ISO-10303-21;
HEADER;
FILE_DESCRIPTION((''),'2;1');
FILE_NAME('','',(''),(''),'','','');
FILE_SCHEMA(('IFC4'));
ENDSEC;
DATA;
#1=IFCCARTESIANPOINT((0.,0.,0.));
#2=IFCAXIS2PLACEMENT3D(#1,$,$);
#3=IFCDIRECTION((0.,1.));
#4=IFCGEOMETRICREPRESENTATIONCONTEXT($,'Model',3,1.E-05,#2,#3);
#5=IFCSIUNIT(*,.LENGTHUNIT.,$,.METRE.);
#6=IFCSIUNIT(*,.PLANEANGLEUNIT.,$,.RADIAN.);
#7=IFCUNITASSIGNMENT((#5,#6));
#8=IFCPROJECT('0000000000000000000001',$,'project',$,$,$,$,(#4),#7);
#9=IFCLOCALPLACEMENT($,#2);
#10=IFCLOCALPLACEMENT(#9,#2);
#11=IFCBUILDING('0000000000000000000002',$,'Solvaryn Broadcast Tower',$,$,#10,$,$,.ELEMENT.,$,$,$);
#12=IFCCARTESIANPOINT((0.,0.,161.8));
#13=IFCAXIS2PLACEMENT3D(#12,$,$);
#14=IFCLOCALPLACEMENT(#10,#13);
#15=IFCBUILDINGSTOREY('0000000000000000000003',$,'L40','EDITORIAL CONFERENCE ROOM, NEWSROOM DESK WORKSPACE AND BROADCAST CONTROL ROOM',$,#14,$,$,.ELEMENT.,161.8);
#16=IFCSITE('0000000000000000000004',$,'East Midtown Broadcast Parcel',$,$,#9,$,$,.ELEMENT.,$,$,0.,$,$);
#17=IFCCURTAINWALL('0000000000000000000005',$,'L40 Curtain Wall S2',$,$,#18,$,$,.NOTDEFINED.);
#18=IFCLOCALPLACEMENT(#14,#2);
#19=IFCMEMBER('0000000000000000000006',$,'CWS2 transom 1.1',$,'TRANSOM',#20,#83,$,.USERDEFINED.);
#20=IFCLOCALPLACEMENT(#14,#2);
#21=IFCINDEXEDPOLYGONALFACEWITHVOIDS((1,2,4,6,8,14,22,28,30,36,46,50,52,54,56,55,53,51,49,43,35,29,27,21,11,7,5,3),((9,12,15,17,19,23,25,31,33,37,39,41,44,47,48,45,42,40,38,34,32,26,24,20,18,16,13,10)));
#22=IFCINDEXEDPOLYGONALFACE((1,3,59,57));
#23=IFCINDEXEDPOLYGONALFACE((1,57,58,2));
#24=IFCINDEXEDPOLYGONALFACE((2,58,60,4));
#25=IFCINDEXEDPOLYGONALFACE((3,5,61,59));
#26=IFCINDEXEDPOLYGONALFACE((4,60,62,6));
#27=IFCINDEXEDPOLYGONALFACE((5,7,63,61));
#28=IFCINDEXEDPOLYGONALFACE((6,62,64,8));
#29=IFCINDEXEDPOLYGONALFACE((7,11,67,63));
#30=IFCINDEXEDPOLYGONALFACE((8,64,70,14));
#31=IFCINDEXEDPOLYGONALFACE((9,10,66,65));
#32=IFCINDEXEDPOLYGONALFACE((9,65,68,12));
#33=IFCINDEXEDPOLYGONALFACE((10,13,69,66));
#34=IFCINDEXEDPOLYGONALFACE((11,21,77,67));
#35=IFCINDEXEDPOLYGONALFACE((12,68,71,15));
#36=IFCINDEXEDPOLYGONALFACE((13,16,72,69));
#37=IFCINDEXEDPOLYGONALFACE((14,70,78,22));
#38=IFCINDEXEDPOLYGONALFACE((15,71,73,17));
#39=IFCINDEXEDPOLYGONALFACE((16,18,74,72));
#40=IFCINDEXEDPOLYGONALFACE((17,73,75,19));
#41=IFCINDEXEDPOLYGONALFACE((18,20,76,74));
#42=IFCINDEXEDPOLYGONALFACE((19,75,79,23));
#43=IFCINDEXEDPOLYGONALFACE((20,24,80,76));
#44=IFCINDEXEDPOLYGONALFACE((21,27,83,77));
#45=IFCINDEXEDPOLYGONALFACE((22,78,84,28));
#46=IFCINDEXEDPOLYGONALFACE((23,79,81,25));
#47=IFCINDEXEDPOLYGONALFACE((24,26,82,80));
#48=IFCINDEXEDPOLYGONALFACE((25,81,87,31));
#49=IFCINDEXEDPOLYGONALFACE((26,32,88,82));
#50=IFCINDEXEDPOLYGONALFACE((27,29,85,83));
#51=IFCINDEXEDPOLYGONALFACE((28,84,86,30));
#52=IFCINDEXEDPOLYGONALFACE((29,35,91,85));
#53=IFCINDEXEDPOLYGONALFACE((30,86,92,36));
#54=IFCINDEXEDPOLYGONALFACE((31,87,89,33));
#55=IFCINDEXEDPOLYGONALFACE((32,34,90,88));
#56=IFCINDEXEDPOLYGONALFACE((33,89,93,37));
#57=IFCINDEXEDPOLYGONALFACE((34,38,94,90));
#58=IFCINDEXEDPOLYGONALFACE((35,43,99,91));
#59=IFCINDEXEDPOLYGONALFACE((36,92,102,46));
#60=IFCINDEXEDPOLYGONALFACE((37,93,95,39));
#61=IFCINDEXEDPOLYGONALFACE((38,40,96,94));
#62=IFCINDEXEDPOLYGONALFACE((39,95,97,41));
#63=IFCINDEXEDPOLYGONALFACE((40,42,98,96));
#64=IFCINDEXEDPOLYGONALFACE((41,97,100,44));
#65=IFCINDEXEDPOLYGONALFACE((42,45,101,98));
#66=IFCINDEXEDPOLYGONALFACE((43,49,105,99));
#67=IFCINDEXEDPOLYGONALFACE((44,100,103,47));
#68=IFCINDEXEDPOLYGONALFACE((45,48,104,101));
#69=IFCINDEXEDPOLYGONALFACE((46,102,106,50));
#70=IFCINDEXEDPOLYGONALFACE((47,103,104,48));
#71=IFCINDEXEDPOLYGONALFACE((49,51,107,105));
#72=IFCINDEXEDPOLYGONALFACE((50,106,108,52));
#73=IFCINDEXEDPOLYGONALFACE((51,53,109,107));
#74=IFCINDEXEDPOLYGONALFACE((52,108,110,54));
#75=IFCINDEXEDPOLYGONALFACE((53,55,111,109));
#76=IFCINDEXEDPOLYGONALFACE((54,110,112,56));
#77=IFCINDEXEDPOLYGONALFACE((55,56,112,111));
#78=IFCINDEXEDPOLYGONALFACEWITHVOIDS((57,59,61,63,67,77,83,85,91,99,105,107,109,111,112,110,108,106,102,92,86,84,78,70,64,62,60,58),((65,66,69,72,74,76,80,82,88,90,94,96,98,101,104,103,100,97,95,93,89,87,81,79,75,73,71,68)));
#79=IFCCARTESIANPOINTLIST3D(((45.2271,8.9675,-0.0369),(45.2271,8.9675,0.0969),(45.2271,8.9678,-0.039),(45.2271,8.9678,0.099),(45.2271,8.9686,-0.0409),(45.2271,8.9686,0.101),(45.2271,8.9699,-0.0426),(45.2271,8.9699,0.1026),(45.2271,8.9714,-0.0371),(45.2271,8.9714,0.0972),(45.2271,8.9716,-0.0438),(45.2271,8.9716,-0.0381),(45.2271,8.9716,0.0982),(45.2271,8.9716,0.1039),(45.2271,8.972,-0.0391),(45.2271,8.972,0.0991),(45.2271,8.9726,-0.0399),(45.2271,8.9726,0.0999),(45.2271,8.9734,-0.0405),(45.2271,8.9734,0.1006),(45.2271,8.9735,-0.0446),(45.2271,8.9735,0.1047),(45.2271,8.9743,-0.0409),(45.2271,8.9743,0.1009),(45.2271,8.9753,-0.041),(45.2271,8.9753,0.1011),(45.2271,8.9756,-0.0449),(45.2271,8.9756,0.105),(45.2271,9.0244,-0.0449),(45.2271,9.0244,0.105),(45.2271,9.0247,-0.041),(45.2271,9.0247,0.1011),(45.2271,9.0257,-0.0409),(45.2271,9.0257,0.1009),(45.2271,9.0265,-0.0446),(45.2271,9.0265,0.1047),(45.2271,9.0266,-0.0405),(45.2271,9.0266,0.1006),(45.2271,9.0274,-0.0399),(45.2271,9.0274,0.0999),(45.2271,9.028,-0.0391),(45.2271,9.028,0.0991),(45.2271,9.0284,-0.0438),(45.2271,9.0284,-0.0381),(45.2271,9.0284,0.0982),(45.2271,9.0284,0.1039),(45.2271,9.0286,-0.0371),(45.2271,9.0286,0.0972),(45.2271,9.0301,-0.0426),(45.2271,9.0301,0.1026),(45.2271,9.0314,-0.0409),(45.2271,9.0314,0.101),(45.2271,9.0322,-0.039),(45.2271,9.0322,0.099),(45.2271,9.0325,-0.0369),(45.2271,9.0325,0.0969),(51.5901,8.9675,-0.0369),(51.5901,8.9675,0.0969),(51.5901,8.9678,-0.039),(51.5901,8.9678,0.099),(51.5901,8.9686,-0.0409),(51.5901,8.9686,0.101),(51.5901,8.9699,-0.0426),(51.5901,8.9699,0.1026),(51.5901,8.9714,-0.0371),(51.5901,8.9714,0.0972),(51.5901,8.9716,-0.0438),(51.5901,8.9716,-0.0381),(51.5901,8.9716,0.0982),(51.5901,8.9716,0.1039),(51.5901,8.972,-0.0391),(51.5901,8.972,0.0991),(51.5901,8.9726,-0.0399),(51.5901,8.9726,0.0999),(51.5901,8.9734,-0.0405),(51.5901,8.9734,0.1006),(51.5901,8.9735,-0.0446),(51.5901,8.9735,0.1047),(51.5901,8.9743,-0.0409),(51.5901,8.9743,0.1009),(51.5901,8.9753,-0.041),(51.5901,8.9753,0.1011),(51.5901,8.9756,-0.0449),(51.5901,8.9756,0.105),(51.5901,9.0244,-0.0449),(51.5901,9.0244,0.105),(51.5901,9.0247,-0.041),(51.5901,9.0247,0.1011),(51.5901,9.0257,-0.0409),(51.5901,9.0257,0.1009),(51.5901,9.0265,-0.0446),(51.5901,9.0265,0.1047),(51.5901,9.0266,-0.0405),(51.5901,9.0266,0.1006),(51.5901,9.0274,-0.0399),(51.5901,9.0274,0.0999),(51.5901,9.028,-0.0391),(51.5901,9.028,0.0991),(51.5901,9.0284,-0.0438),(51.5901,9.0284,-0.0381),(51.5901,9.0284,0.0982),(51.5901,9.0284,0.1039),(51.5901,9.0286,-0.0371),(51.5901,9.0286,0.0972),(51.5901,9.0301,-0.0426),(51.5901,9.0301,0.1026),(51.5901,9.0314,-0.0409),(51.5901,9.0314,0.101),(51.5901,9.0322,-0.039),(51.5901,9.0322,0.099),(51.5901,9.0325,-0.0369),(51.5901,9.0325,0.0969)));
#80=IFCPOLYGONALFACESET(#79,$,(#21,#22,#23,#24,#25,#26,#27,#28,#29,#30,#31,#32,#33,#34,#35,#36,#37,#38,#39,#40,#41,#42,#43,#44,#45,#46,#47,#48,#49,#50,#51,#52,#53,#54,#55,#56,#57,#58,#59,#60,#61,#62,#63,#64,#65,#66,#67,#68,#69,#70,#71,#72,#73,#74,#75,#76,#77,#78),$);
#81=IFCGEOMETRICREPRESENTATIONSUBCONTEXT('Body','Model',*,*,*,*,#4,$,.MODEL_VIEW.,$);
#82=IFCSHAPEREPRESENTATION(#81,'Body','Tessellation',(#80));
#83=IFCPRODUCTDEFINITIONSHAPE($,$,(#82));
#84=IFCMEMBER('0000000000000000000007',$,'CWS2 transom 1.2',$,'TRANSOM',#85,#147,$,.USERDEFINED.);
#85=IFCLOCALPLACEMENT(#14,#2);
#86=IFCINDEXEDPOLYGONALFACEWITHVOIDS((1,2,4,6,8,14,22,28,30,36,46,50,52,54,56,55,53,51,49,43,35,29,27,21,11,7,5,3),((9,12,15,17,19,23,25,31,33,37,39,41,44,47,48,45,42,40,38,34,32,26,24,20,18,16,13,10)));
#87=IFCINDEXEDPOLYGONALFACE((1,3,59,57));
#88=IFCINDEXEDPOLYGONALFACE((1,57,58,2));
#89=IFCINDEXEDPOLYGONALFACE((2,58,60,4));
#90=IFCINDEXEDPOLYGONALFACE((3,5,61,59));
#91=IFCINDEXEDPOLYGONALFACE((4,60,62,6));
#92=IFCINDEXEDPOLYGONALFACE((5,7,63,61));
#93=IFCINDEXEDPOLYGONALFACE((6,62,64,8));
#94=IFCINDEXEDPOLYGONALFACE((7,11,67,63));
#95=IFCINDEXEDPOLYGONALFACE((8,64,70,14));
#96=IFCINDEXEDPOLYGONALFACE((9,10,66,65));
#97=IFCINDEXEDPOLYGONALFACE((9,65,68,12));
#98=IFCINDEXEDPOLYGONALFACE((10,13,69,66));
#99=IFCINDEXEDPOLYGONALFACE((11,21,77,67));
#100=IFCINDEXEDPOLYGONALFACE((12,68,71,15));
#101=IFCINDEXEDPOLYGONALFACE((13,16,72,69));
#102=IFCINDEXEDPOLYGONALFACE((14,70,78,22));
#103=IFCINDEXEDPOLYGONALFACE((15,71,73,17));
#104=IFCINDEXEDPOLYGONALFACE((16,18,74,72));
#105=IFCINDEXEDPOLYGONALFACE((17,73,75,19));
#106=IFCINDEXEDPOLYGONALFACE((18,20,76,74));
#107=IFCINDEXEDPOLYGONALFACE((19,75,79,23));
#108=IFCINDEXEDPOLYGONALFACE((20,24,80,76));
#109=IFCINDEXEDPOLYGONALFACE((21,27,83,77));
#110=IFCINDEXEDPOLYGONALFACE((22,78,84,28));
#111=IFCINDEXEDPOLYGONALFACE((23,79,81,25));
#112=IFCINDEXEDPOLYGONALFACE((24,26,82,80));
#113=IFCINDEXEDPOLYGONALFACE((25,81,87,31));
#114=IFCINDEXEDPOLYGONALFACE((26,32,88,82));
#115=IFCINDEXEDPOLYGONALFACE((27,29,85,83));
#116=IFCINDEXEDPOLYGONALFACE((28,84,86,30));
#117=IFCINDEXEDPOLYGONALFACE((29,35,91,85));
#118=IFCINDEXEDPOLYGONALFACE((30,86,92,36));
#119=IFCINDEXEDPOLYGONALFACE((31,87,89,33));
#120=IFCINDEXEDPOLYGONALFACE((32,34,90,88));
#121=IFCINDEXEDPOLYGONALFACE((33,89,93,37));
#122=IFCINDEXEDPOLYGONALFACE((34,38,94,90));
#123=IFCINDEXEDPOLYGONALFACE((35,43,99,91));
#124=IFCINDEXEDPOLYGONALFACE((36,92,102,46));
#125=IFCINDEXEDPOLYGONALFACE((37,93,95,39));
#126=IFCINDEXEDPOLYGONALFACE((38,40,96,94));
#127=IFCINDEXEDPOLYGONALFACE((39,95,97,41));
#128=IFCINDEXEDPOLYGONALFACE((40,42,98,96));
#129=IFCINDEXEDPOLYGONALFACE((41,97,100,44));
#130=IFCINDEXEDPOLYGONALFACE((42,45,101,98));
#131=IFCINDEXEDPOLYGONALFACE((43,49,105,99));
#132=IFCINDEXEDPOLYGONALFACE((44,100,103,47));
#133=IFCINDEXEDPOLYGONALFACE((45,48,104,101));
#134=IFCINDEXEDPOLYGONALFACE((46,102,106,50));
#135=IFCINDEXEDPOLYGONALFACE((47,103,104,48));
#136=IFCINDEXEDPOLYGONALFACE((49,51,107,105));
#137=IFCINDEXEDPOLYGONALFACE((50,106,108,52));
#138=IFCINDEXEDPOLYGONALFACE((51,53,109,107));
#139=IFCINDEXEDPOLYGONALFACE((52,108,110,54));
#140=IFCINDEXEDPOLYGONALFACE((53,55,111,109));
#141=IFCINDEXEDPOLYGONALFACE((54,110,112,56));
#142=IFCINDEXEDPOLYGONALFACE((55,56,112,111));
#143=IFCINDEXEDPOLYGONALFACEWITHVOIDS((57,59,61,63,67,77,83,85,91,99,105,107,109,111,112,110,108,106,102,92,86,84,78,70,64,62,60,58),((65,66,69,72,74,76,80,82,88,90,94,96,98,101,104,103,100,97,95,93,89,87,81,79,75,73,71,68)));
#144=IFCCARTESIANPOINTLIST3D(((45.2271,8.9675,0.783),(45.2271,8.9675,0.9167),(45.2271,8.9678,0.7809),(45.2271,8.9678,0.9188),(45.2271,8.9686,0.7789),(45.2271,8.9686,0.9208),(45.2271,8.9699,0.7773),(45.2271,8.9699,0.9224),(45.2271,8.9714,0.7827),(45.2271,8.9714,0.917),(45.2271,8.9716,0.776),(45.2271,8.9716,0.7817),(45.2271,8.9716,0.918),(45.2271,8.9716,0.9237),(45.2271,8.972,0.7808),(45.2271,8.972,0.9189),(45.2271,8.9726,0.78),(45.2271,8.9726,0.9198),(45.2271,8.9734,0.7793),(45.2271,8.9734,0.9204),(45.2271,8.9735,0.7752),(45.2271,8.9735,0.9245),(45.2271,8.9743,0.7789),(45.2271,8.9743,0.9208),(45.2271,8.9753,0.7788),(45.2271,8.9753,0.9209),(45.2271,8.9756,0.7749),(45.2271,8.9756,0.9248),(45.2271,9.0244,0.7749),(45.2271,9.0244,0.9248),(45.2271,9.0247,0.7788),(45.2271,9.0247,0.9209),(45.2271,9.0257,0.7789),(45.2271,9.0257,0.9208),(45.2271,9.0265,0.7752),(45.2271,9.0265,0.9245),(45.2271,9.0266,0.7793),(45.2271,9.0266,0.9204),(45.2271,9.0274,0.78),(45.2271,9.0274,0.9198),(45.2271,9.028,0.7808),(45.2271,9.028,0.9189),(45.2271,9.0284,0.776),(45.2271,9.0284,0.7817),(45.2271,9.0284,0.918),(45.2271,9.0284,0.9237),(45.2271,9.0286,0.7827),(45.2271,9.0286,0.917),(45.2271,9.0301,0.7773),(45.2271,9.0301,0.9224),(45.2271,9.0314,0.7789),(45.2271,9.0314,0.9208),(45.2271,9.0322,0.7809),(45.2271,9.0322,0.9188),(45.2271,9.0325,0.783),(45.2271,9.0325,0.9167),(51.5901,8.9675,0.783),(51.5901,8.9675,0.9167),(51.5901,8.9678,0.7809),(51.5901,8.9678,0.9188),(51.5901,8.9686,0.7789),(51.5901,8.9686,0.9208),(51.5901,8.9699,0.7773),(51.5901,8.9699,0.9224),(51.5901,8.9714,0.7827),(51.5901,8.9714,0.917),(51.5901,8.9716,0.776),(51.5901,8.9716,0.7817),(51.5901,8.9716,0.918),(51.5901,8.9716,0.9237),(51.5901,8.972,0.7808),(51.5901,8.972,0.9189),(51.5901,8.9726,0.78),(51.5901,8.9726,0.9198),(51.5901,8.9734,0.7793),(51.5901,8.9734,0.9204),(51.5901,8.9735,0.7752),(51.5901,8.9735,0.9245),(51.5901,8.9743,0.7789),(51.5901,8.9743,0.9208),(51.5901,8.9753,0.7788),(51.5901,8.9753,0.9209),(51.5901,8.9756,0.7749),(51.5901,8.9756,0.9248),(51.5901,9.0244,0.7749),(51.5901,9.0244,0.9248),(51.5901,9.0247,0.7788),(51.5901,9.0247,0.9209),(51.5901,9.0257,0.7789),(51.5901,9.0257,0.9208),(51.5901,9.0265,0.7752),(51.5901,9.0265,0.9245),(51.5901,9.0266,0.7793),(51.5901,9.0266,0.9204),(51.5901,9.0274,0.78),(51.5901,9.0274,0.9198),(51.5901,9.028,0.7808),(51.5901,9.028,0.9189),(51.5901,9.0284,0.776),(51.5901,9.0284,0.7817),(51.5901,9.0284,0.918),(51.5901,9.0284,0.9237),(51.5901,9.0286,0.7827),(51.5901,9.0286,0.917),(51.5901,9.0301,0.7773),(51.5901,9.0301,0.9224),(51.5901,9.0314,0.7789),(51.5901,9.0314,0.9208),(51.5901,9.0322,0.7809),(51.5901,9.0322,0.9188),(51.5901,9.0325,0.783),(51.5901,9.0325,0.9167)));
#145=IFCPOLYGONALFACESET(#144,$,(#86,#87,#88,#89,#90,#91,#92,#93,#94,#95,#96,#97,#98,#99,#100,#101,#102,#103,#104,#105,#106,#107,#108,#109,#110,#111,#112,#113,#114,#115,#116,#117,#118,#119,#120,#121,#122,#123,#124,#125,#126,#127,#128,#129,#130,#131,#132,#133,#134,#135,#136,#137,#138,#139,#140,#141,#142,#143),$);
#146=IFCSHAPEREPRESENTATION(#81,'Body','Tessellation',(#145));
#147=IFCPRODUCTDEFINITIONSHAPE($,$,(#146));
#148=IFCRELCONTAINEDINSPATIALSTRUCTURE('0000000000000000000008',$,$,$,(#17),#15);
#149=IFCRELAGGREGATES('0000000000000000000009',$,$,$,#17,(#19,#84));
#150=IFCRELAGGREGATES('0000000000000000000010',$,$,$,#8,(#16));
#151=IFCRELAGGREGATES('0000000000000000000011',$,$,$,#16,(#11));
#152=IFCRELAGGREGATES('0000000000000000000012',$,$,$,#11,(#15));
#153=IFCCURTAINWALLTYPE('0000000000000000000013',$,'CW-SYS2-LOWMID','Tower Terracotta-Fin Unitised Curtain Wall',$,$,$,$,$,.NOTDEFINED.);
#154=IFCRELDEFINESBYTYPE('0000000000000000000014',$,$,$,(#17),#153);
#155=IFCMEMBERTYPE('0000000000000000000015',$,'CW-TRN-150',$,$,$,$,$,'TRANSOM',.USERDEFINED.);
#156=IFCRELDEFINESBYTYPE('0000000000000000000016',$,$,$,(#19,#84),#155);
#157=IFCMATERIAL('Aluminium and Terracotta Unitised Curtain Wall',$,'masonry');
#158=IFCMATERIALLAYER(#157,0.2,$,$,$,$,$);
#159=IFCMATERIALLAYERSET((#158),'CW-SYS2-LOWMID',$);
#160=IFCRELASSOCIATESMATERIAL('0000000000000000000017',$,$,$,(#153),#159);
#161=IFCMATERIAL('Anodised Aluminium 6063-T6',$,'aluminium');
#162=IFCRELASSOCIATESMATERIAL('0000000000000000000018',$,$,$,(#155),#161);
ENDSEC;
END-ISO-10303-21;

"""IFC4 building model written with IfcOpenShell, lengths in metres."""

from ifc_helpers import new_model, si_unit, direction, frame, origin, origin_2d, place, context, subcontext, project, spatial, hollow_rectangle, extrude, material, layer, layer_set, material_profile, profile_set, type_object, element, aggregate, save


model = new_model("IFC4")

# Units and contexts
model_context = context("Model", 3, precision=1e-05, world=origin(), true_north=direction((0.0, 1.0)))
body_context = subcontext(model_context, "Body", "Model", "MODEL_VIEW")
ifc_project = project(units=[si_unit("LENGTHUNIT", "METRE"), si_unit("PLANEANGLEUNIT", "RADIAN")], contexts=[model_context])

# Site, building, storey
site_placement = place(None, origin())
site = spatial("IfcSite", under=ifc_project, at=site_placement, Name="East Midtown Broadcast Parcel", CompositionType="ELEMENT", RefElevation=0.0)
building_placement = place(site_placement, origin())
building = spatial("IfcBuilding", under=site, at=building_placement, Name="Solvaryn Broadcast Tower", CompositionType="ELEMENT")
storey_placement = place(building_placement, frame((0.0, 0.0, 161.8)))
storey = spatial("IfcBuildingStorey", under=building, at=storey_placement, Name="L40", Description="EDITORIAL CONFERENCE ROOM, NEWSROOM DESK WORKSPACE AND BROADCAST CONTROL ROOM", CompositionType="ELEMENT", Elevation=161.8)

# Curtain wall
ifc_material_1 = material(Name="Aluminium and Terracotta Unitised Curtain Wall", Category="masonry")
ifc_layer_1 = layer(ifc_material_1, 0.2)
ifc_layer_set_1 = layer_set([ifc_layer_1], Name="CW-SYS2-LOWMID")
curtain_wall_type = type_object("IfcCurtainWallType", Name="CW-SYS2-LOWMID", Description="Tower Terracotta-Fin Unitised Curtain Wall", PredefinedType="NOTDEFINED", material=ifc_layer_set_1)
curtain_wall_1_placement = place(storey_placement, origin())
curtain_wall_1 = element("IfcCurtainWall", 1, at=curtain_wall_1_placement, inside=storey, type_object=curtain_wall_type, Name="L40 Curtain Wall S2", PredefinedType="NOTDEFINED")

# Members
ifc_material_2 = material(Name="Anodised Aluminium 6063-T6", Category="aluminium")
ifc_material_profile_1 = material_profile(ifc_material_2, hollow_rectangle(XDim=0.0649, YDim=0.1499, WallThickness=0.0039, InnerFilletRadius=0.0039, OuterFilletRadius=0.0081, at=origin_2d()))
ifc_profile_set_1 = profile_set([ifc_material_profile_1], Name="Anodised Aluminium 6063-T6")
member_type_1 = type_object("IfcMemberType", Name="CW-TRN-150", ElementType="TRANSOM", PredefinedType="USERDEFINED", material=ifc_profile_set_1)
member_1_placement = place(storey_placement, frame((45.2271, 9.0, 0.03), z_axis=(1.0, 0.0, 0.0), x_axis=(0.0, 1.0, 0.0)))
member_1 = element("IfcMember", 2, at=member_1_placement, type_object=member_type_1, Name="CWS2 transom 1.1", ObjectType="TRANSOM", PredefinedType="USERDEFINED", context=body_context, shape_type="SweptSolid", body=[
    extrude(hollow_rectangle(XDim=0.0649, YDim=0.1499, WallThickness=0.0039, InnerFilletRadius=0.0039, OuterFilletRadius=0.0081, at=origin_2d()), origin(), (0.0, 0.0, 1.0), 6.363),
])
member_2_placement = place(storey_placement, frame((45.2271, 9.0, 0.8499), z_axis=(1.0, 0.0, 0.0), x_axis=(0.0, 1.0, 0.0)))
member_2 = element("IfcMember", 3, at=member_2_placement, type_object=member_type_1, Name="CWS2 transom 1.2", ObjectType="TRANSOM", PredefinedType="USERDEFINED", context=body_context, shape_type="SweptSolid", body=[
    extrude(hollow_rectangle(XDim=0.0649, YDim=0.1499, WallThickness=0.0039, InnerFilletRadius=0.0039, OuterFilletRadius=0.0081, at=origin_2d()), origin(), (0.0, 0.0, 1.0), 6.363),
])

aggregate(curtain_wall_1, [member_1, member_2])

save(model, "model.ifc")
